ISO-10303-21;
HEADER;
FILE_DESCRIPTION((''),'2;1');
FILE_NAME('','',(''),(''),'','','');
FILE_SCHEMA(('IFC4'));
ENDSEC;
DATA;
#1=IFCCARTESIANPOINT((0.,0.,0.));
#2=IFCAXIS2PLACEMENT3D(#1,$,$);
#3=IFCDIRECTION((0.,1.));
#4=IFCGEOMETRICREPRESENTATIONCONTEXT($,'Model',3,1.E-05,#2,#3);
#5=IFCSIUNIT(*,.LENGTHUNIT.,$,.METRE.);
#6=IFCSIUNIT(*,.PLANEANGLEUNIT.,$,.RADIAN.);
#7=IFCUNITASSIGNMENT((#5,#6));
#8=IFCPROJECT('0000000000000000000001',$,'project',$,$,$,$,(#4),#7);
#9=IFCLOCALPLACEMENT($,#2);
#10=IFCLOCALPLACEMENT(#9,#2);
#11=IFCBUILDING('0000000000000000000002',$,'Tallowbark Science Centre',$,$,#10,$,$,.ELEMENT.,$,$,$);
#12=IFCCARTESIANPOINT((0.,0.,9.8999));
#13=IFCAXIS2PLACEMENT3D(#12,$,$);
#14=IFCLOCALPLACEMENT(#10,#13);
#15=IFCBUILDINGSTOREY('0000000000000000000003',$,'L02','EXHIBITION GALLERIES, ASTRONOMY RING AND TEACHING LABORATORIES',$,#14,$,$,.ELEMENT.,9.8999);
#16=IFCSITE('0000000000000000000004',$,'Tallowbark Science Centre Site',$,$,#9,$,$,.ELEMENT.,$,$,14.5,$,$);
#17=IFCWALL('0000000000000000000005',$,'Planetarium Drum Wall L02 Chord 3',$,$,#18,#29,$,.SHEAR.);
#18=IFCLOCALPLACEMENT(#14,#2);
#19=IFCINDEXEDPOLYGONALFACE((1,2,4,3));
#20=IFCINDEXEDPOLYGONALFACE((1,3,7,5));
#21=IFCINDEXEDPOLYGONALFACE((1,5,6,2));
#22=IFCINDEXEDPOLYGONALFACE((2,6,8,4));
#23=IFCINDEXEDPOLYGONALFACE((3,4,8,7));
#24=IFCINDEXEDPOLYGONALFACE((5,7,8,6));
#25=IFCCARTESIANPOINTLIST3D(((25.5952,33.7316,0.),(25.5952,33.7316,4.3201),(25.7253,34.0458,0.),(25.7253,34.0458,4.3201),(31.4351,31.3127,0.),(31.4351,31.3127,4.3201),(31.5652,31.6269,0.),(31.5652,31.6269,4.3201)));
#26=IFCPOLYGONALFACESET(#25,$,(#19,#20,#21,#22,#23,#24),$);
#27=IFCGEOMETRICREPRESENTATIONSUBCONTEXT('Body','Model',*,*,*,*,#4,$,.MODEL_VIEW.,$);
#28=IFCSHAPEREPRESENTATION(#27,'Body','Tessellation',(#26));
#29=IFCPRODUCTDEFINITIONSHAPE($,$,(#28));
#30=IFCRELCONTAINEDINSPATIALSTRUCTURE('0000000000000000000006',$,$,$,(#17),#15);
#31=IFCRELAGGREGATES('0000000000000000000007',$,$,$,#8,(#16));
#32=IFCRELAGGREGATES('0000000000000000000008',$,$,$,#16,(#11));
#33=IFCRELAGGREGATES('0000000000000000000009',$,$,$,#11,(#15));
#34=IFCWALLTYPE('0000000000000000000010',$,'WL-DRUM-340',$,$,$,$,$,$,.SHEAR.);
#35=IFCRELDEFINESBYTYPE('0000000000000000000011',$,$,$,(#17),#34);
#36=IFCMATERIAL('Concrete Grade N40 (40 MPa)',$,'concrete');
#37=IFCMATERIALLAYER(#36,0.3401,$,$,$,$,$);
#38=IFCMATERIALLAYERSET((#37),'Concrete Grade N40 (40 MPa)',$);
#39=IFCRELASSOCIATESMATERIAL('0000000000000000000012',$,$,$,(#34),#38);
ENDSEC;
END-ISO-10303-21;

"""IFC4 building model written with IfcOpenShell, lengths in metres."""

from ifc_helpers import new_model, si_unit, direction, frame, frame_2d, origin, place, context, subcontext, project, spatial, rectangle, extrude, material, layer, layer_set, type_object, element, save


model = new_model("IFC4")

# Units and contexts
model_context = context("Model", 3, precision=1e-05, world=origin(), true_north=direction((0.0, 1.0)))
body_context = subcontext(model_context, "Body", "Model", "MODEL_VIEW")
ifc_project = project(units=[si_unit("LENGTHUNIT", "METRE"), si_unit("PLANEANGLEUNIT", "RADIAN")], contexts=[model_context])

# Site, building, storey
site_placement = place(None, origin())
site = spatial("IfcSite", under=ifc_project, at=site_placement, Name="Tallowbark Science Centre Site", CompositionType="ELEMENT", RefElevation=14.5)
building_placement = place(site_placement, origin())
building = spatial("IfcBuilding", under=site, at=building_placement, Name="Tallowbark Science Centre", CompositionType="ELEMENT")
storey_placement = place(building_placement, frame((0.0, 0.0, 9.8999)))
storey = spatial("IfcBuildingStorey", under=building, at=storey_placement, Name="L02", Description="EXHIBITION GALLERIES, ASTRONOMY RING AND TEACHING LABORATORIES", CompositionType="ELEMENT", Elevation=9.8999)

# Wall
ifc_material_1 = material(Name="Concrete Grade N40 (40 MPa)", Category="concrete")
ifc_layer_1 = layer(ifc_material_1, 0.3401)
ifc_layer_set_1 = layer_set([ifc_layer_1], Name="Concrete Grade N40 (40 MPa)")
wall_type = type_object("IfcWallType", Name="WL-DRUM-340", PredefinedType="SHEAR", material=ifc_layer_set_1)
wall_1_placement = place(storey_placement, frame((31.5002, 31.4697, 0.0), z_axis=(0.0, 0.0, 1.0), x_axis=(-0.923879, 0.382684, 0.0)))
element("IfcWall", 1, at=wall_1_placement, inside=storey, type_object=wall_type, Name="Planetarium Drum Wall L02 Chord 3", PredefinedType="SHEAR", context=body_context, shape_type="SweptSolid", body=[
    extrude(rectangle(XDim=6.321, YDim=0.3401, at=frame_2d((3.1606, 0.0))), origin(), (0.0, 0.0, 1.0), 4.3201),
])

save(model, "model.ifc")
